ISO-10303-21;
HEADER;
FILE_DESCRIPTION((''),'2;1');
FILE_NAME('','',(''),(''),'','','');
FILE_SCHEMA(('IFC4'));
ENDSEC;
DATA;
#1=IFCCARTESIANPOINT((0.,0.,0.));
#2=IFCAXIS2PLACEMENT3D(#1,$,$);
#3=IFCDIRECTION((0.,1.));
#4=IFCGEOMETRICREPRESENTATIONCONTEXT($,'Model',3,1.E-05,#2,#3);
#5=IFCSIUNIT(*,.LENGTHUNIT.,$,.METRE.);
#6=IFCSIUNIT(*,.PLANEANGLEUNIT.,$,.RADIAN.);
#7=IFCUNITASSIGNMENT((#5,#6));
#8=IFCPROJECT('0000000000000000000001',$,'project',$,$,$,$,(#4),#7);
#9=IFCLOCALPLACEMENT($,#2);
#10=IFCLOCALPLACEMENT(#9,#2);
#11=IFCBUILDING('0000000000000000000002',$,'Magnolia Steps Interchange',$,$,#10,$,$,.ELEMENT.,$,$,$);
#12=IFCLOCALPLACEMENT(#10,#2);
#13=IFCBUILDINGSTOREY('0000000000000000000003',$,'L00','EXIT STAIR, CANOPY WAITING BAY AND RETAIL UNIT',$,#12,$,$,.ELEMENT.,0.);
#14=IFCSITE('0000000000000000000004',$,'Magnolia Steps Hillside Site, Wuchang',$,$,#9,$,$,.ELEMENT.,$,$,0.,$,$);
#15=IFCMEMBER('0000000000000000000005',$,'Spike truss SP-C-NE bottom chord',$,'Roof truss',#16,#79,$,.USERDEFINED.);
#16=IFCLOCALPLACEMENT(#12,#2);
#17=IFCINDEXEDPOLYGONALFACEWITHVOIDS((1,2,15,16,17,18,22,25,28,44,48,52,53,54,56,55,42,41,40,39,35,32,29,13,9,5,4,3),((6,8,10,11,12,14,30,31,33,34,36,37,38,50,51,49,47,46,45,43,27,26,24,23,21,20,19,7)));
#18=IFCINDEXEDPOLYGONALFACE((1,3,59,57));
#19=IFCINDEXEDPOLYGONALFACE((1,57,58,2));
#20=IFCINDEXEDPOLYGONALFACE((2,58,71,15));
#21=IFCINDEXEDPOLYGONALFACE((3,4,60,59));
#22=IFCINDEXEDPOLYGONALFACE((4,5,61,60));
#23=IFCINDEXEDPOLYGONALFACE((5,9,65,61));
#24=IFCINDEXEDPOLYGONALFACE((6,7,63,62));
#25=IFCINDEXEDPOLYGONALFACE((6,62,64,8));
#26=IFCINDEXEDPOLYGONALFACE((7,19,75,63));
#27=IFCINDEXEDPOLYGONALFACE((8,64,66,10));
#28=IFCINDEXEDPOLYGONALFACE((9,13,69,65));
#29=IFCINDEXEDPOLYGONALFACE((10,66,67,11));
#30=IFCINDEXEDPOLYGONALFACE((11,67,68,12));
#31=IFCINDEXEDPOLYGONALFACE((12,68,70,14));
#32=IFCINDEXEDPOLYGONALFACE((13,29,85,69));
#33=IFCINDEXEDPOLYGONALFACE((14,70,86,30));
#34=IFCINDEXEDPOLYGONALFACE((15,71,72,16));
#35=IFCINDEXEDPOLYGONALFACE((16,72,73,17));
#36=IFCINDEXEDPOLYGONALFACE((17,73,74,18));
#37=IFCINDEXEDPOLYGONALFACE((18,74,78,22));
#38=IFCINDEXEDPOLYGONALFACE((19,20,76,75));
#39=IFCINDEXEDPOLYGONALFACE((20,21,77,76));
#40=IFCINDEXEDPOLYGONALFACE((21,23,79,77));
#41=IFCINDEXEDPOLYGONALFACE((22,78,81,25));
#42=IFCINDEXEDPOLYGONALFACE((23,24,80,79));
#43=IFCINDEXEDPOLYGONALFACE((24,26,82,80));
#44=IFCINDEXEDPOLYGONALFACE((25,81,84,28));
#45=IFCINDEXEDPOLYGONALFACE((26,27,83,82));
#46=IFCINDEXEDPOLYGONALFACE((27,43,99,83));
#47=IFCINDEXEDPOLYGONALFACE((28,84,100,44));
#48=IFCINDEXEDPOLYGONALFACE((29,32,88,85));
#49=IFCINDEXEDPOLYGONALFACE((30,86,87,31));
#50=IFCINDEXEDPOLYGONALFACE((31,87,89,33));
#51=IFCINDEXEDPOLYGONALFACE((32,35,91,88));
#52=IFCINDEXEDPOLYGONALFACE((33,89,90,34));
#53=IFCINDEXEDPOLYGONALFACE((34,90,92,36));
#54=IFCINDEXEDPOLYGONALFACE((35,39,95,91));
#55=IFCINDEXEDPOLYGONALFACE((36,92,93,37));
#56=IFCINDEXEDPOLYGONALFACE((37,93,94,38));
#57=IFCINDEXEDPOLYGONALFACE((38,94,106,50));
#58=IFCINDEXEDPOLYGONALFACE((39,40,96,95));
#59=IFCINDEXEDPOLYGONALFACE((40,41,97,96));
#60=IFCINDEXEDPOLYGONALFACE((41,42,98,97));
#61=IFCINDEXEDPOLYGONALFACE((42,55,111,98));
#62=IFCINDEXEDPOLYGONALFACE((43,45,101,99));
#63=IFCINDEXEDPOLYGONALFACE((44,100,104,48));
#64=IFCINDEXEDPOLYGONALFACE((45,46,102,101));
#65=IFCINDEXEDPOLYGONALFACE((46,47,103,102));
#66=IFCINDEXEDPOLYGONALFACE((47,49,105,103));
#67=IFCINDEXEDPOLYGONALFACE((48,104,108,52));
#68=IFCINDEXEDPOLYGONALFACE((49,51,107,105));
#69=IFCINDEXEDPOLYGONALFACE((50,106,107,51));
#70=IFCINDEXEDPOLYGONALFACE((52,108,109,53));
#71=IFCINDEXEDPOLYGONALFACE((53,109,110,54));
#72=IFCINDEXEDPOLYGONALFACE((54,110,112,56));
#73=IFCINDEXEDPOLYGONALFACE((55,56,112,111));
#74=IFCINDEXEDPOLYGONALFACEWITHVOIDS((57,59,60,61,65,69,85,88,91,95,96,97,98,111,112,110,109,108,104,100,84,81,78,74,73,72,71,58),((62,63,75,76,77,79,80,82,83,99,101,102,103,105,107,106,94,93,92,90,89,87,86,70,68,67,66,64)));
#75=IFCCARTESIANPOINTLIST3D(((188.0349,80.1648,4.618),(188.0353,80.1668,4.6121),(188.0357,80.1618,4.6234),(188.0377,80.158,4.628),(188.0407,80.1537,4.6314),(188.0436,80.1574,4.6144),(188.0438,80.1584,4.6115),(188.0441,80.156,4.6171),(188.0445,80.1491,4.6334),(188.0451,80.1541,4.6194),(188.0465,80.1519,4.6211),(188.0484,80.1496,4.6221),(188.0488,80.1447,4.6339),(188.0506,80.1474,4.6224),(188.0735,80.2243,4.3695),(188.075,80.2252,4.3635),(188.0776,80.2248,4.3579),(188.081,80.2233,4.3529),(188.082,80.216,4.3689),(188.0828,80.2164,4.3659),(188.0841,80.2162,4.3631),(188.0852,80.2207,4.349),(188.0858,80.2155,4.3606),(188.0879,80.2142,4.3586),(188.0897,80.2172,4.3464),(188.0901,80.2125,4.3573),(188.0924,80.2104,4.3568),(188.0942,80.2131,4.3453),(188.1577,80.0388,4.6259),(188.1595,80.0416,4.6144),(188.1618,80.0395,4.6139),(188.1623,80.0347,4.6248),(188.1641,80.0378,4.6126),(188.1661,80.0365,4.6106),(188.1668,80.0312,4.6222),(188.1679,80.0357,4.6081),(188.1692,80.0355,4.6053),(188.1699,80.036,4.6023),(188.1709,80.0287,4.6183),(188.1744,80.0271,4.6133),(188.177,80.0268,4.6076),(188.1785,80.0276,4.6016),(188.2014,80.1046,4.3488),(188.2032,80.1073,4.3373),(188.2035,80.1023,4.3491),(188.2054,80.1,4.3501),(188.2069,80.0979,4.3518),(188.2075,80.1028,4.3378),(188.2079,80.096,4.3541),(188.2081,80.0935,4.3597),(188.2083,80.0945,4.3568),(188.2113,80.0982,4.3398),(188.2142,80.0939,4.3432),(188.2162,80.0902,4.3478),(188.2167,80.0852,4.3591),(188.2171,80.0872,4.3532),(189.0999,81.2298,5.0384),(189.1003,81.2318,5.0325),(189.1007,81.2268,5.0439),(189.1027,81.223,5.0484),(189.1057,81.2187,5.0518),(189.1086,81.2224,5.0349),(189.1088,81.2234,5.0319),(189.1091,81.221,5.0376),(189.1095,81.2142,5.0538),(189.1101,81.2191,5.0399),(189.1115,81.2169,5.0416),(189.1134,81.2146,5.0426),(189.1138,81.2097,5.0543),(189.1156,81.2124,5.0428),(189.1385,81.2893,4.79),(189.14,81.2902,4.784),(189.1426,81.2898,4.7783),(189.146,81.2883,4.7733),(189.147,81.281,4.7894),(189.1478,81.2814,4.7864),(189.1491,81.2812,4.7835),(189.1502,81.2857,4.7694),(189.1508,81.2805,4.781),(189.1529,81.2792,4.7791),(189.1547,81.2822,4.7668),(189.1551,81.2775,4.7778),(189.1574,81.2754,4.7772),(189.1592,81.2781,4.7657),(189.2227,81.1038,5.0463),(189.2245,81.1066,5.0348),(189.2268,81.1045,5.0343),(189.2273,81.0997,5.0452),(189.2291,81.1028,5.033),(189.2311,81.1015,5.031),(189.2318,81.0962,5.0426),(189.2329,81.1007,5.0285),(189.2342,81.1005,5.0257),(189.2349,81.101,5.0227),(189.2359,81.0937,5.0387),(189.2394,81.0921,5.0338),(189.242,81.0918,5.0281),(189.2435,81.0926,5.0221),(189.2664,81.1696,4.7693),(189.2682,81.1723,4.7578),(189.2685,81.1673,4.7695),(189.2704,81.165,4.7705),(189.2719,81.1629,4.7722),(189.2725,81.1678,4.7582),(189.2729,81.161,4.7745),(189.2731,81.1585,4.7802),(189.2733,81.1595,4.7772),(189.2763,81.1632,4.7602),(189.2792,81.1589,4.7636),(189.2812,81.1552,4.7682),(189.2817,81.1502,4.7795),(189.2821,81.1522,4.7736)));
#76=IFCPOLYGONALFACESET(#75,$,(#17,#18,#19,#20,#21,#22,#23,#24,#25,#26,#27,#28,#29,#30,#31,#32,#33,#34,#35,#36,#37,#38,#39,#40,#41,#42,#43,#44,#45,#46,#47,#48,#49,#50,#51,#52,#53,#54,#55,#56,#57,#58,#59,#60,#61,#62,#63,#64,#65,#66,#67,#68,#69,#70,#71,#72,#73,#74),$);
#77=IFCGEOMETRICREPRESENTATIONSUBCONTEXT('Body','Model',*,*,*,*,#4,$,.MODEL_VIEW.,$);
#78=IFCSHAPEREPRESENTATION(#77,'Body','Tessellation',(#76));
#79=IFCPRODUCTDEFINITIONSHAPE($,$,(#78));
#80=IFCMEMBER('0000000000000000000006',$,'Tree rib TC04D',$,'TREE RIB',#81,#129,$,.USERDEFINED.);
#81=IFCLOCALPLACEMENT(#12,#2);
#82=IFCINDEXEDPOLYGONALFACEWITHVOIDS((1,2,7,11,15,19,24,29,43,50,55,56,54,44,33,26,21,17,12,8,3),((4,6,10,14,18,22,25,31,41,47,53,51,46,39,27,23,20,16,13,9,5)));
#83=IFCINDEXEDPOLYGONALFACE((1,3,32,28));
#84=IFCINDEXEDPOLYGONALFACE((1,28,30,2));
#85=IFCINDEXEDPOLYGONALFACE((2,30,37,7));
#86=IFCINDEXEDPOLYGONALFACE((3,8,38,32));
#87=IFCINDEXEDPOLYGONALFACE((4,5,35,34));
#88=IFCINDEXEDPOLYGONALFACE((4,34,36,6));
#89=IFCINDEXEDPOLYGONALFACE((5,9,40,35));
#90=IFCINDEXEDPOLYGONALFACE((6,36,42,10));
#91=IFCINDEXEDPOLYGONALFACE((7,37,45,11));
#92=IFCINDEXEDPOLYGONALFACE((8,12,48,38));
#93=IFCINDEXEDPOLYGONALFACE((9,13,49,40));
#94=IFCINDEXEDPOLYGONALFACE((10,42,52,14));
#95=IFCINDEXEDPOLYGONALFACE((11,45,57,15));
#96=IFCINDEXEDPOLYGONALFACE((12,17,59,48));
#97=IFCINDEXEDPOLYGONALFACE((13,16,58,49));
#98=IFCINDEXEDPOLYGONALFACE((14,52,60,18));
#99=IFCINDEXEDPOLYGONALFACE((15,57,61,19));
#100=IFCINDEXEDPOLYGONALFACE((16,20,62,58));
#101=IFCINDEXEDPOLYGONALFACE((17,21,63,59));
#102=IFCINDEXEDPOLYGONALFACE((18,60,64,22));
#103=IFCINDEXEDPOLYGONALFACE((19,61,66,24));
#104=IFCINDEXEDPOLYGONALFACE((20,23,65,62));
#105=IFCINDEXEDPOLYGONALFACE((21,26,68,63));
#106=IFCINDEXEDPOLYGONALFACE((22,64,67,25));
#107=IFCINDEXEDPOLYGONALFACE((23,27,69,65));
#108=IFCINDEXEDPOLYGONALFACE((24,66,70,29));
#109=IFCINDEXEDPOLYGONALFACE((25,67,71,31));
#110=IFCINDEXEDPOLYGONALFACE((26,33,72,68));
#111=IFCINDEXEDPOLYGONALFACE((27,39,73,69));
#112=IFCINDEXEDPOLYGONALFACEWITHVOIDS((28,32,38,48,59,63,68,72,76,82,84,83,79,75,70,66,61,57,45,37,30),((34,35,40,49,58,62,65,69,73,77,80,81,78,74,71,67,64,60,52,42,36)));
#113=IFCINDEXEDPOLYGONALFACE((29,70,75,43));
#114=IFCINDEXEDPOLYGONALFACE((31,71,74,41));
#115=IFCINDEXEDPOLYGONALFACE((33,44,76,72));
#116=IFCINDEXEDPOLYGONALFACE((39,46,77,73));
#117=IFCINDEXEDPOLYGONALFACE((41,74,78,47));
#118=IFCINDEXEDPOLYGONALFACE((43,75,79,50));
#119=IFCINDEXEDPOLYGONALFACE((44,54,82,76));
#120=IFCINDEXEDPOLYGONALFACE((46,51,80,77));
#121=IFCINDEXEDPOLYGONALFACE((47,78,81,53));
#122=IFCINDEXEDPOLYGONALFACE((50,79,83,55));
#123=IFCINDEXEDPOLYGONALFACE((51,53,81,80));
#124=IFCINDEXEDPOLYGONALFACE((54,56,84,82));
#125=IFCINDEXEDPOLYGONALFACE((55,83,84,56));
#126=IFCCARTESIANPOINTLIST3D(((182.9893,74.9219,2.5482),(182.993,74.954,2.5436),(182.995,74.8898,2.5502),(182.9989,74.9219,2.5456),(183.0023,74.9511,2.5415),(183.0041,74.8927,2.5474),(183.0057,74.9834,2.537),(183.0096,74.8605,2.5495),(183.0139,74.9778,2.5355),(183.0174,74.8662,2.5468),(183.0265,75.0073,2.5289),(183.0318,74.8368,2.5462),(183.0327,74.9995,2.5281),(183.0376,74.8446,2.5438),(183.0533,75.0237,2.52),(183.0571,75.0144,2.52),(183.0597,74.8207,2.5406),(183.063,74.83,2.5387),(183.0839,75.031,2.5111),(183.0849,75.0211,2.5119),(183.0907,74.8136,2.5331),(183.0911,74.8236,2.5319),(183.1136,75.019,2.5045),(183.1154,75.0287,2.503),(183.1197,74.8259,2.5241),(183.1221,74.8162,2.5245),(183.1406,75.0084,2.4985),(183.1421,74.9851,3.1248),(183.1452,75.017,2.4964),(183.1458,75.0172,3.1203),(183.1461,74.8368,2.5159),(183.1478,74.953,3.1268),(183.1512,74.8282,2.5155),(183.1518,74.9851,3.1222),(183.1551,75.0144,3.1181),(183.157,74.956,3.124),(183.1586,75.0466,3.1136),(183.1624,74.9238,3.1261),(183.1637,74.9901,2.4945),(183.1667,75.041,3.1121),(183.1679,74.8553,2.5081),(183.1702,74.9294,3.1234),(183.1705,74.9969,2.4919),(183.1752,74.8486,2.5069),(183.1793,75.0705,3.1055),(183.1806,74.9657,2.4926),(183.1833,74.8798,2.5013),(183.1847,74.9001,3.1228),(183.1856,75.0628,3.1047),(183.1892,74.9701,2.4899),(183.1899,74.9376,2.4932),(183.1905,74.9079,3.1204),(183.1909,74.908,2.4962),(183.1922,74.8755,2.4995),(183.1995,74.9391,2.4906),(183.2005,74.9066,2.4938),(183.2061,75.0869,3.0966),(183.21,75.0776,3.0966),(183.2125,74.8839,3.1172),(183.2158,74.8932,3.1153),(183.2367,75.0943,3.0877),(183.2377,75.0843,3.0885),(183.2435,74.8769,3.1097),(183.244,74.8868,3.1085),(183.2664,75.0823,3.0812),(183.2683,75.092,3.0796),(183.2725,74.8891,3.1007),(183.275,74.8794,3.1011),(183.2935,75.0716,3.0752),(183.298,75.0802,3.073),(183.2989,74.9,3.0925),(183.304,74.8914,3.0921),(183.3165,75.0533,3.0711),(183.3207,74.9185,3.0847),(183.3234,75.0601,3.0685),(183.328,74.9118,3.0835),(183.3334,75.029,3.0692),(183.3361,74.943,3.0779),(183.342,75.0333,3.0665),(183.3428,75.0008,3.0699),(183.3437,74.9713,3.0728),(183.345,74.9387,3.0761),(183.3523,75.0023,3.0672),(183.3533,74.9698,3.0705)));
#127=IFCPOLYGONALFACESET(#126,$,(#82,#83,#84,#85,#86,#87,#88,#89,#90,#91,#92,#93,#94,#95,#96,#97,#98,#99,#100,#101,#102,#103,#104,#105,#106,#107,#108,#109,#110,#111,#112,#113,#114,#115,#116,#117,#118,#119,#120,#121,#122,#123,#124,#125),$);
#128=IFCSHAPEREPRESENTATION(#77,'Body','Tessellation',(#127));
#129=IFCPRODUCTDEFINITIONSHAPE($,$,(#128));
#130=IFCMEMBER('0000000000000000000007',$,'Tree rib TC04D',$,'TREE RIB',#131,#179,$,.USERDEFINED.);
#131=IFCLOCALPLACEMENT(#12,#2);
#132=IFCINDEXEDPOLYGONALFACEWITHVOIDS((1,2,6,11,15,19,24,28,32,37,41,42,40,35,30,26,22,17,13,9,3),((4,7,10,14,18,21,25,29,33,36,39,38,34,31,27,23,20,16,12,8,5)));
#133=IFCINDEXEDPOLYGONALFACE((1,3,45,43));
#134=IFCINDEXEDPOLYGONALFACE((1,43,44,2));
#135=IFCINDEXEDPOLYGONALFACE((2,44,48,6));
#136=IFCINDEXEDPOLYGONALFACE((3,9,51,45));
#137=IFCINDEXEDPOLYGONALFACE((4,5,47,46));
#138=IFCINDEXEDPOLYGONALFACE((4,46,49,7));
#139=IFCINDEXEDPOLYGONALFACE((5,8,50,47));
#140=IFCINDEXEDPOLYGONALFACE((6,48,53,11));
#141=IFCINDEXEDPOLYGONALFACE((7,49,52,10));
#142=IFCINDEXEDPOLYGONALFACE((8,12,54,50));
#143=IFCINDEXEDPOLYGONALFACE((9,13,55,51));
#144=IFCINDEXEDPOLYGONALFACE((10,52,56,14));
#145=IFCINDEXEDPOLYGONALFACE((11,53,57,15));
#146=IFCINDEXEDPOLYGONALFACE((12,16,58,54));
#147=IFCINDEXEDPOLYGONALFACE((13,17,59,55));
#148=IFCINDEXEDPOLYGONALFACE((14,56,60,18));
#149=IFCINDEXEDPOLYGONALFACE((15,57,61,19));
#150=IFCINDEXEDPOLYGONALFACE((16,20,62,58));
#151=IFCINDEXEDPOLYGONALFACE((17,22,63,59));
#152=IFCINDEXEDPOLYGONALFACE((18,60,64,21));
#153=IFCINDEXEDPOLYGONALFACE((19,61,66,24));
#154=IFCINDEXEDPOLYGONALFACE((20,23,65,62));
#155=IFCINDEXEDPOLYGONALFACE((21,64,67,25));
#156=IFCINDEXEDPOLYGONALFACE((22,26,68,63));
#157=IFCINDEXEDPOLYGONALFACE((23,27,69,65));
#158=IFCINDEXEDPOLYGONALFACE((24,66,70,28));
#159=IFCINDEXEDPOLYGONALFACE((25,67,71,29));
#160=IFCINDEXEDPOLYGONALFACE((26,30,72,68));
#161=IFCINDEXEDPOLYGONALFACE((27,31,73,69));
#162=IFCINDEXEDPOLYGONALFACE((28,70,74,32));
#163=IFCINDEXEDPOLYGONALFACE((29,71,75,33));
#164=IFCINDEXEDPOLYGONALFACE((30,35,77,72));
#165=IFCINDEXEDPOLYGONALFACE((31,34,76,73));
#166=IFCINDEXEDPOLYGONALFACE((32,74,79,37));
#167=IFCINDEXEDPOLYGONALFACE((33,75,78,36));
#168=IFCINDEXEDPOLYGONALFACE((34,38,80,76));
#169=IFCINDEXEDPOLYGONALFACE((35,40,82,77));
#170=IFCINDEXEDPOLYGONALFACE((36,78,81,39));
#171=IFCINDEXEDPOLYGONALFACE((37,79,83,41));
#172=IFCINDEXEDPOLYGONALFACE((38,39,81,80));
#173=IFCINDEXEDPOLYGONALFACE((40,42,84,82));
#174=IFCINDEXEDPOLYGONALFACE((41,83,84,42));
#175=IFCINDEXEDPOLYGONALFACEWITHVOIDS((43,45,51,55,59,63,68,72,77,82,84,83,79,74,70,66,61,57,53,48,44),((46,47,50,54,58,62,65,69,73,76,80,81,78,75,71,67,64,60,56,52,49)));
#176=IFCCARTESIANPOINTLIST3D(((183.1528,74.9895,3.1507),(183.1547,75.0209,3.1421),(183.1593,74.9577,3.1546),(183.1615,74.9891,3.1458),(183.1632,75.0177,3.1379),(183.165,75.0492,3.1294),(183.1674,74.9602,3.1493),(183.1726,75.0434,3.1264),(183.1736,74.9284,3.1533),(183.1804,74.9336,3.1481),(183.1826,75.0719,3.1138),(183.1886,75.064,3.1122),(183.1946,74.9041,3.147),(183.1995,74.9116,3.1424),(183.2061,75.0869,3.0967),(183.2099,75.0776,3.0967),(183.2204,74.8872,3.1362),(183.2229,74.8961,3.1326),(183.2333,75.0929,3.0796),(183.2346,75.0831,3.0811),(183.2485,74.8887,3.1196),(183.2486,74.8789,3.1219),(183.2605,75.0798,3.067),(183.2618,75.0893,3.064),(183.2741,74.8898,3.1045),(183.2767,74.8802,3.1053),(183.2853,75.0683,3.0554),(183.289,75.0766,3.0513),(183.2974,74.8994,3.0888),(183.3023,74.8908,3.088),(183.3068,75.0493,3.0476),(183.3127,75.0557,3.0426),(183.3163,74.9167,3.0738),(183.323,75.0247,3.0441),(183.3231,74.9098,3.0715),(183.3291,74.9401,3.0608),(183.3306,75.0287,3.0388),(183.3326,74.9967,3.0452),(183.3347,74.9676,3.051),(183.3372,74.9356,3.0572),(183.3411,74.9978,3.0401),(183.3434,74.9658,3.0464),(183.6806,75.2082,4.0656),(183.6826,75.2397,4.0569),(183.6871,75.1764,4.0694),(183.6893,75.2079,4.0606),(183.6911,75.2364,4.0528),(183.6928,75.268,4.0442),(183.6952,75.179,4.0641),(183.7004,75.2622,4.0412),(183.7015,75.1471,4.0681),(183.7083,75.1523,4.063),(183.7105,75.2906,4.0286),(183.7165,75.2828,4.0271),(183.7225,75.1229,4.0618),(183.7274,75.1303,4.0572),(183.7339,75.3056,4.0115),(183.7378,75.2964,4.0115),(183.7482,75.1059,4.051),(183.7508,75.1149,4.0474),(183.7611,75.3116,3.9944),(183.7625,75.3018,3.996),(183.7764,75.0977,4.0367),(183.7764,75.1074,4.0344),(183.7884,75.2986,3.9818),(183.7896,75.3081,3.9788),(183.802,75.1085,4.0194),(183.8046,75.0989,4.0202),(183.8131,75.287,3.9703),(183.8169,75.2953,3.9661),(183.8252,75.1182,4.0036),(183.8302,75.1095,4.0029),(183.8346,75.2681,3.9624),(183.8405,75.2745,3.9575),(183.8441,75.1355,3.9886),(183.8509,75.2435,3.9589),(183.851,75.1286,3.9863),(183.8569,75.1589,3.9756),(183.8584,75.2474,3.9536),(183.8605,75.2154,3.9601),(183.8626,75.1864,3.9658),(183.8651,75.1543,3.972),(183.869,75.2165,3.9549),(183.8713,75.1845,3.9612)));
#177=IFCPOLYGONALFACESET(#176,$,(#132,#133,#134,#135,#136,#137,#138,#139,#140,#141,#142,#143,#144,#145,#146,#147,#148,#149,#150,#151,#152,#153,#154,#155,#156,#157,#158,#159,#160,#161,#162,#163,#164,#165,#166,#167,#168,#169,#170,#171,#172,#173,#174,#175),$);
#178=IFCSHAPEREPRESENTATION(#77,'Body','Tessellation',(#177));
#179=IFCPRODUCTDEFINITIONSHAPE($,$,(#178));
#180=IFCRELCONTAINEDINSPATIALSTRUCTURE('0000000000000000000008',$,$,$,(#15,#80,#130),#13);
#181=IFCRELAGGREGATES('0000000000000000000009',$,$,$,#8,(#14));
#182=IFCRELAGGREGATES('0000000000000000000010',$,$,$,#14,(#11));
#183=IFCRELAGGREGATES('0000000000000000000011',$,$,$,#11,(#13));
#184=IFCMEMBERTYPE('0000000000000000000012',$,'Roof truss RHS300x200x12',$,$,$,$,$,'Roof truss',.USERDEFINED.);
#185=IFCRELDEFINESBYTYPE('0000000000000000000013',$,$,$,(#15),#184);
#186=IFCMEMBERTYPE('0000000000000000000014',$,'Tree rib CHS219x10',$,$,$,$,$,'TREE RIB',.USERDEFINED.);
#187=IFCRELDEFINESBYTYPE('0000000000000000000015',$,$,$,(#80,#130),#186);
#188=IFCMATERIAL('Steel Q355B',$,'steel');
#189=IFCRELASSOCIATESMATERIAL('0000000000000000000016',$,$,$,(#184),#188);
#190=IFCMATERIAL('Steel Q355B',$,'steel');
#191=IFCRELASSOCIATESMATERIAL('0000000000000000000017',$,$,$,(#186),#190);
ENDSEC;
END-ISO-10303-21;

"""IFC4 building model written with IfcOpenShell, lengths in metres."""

from ifc_helpers import new_model, si_unit, direction, frame, origin, origin_2d, place, context, subcontext, project, spatial, hollow_rectangle, hollow_circle, extrude, material, material_profile, profile_set, type_object, element, save


model = new_model("IFC4")

# Units and contexts
model_context = context("Model", 3, precision=1e-05, world=origin(), true_north=direction((0.0, 1.0)))
body_context = subcontext(model_context, "Body", "Model", "MODEL_VIEW")
ifc_project = project(units=[si_unit("LENGTHUNIT", "METRE"), si_unit("PLANEANGLEUNIT", "RADIAN")], contexts=[model_context])

# Site, building, storey
site_placement = place(None, origin())
site = spatial("IfcSite", under=ifc_project, at=site_placement, Name="Magnolia Steps Hillside Site, Wuchang", CompositionType="ELEMENT", RefElevation=0.0)
building_placement = place(site_placement, origin())
building = spatial("IfcBuilding", under=site, at=building_placement, Name="Magnolia Steps Interchange", CompositionType="ELEMENT")
storey_placement = place(building_placement, origin())
storey = spatial("IfcBuildingStorey", under=building, at=storey_placement, Name="L00", Description="EXIT STAIR, CANOPY WAITING BAY AND RETAIL UNIT", CompositionType="ELEMENT", Elevation=0.0)

# Members
ifc_material_1 = material(Name="Steel Q355B", Category="steel")
ifc_material_profile_1 = material_profile(ifc_material_1, hollow_rectangle(XDim=0.2, YDim=0.3, WallThickness=0.012, InnerFilletRadius=0.012, OuterFilletRadius=0.0239, at=origin_2d()), Name="RHS300x200x12")
ifc_profile_set_1 = profile_set([ifc_material_profile_1], Name="Steel Q355B")
member_type_1 = type_object("IfcMemberType", Name="Roof truss RHS300x200x12", ElementType="Roof truss", PredefinedType="USERDEFINED", material=ifc_profile_set_1)
member_1_placement = place(storey_placement, frame((188.126, 80.126, 4.4856), z_axis=(0.681069, 0.681069, 0.268868), x_axis=(-0.716377, 0.695755, 0.052236)))
element("IfcMember", 1, at=member_1_placement, inside=storey, type_object=member_type_1, Name="Spike truss SP-C-NE bottom chord", ObjectType="Roof truss", PredefinedType="USERDEFINED", context=body_context, shape_type="SweptSolid", body=[
    extrude(hollow_rectangle(XDim=0.2, YDim=0.3, WallThickness=0.012, InnerFilletRadius=0.012, OuterFilletRadius=0.0239, at=origin_2d()), origin(), (0.0, 0.0, 1.0), 1.5637),
])
ifc_material_2 = material(Name="Steel Q355B", Category="steel")
ifc_material_profile_2 = material_profile(ifc_material_2, hollow_circle(Radius=0.1096, WallThickness=0.01, at=origin_2d()), Name="CHS219x10")
ifc_profile_set_2 = profile_set([ifc_material_profile_2], Name="Steel Q355B")
member_type_2 = type_object("IfcMemberType", Name="Tree rib CHS219x10", ElementType="TREE RIB", PredefinedType="USERDEFINED", material=ifc_profile_set_2)
member_2_placement = place(storey_placement, frame((183.0952, 74.9224, 2.52), z_axis=(0.254758, 0.105403, 0.961243), x_axis=(-0.382308, 0.924035, 0.0)))
element("IfcMember", 2, at=member_2_placement, inside=storey, type_object=member_type_2, Name="Tree rib TC04D", ObjectType="TREE RIB", PredefinedType="USERDEFINED", context=body_context, shape_type="SweptSolid", body=[
    extrude(hollow_circle(Radius=0.1096, WallThickness=0.01, at=origin_2d()), origin(), (0.0, 0.0, 1.0), 0.5999),
])
member_3_placement = place(storey_placement, frame((183.248, 74.9856, 3.0967), z_axis=(0.489382, 0.202815, 0.848157), x_axis=(-0.382855, 0.923808, 0.0)))
element("IfcMember", 3, at=member_3_placement, inside=storey, type_object=member_type_2, Name="Tree rib TC04D", ObjectType="TREE RIB", PredefinedType="USERDEFINED", context=body_context, shape_type="SweptSolid", body=[
    extrude(hollow_circle(Radius=0.1096, WallThickness=0.01, at=origin_2d()), origin(), (0.0, 0.0, 1.0), 1.0786),
])

save(model, "model.ifc")
